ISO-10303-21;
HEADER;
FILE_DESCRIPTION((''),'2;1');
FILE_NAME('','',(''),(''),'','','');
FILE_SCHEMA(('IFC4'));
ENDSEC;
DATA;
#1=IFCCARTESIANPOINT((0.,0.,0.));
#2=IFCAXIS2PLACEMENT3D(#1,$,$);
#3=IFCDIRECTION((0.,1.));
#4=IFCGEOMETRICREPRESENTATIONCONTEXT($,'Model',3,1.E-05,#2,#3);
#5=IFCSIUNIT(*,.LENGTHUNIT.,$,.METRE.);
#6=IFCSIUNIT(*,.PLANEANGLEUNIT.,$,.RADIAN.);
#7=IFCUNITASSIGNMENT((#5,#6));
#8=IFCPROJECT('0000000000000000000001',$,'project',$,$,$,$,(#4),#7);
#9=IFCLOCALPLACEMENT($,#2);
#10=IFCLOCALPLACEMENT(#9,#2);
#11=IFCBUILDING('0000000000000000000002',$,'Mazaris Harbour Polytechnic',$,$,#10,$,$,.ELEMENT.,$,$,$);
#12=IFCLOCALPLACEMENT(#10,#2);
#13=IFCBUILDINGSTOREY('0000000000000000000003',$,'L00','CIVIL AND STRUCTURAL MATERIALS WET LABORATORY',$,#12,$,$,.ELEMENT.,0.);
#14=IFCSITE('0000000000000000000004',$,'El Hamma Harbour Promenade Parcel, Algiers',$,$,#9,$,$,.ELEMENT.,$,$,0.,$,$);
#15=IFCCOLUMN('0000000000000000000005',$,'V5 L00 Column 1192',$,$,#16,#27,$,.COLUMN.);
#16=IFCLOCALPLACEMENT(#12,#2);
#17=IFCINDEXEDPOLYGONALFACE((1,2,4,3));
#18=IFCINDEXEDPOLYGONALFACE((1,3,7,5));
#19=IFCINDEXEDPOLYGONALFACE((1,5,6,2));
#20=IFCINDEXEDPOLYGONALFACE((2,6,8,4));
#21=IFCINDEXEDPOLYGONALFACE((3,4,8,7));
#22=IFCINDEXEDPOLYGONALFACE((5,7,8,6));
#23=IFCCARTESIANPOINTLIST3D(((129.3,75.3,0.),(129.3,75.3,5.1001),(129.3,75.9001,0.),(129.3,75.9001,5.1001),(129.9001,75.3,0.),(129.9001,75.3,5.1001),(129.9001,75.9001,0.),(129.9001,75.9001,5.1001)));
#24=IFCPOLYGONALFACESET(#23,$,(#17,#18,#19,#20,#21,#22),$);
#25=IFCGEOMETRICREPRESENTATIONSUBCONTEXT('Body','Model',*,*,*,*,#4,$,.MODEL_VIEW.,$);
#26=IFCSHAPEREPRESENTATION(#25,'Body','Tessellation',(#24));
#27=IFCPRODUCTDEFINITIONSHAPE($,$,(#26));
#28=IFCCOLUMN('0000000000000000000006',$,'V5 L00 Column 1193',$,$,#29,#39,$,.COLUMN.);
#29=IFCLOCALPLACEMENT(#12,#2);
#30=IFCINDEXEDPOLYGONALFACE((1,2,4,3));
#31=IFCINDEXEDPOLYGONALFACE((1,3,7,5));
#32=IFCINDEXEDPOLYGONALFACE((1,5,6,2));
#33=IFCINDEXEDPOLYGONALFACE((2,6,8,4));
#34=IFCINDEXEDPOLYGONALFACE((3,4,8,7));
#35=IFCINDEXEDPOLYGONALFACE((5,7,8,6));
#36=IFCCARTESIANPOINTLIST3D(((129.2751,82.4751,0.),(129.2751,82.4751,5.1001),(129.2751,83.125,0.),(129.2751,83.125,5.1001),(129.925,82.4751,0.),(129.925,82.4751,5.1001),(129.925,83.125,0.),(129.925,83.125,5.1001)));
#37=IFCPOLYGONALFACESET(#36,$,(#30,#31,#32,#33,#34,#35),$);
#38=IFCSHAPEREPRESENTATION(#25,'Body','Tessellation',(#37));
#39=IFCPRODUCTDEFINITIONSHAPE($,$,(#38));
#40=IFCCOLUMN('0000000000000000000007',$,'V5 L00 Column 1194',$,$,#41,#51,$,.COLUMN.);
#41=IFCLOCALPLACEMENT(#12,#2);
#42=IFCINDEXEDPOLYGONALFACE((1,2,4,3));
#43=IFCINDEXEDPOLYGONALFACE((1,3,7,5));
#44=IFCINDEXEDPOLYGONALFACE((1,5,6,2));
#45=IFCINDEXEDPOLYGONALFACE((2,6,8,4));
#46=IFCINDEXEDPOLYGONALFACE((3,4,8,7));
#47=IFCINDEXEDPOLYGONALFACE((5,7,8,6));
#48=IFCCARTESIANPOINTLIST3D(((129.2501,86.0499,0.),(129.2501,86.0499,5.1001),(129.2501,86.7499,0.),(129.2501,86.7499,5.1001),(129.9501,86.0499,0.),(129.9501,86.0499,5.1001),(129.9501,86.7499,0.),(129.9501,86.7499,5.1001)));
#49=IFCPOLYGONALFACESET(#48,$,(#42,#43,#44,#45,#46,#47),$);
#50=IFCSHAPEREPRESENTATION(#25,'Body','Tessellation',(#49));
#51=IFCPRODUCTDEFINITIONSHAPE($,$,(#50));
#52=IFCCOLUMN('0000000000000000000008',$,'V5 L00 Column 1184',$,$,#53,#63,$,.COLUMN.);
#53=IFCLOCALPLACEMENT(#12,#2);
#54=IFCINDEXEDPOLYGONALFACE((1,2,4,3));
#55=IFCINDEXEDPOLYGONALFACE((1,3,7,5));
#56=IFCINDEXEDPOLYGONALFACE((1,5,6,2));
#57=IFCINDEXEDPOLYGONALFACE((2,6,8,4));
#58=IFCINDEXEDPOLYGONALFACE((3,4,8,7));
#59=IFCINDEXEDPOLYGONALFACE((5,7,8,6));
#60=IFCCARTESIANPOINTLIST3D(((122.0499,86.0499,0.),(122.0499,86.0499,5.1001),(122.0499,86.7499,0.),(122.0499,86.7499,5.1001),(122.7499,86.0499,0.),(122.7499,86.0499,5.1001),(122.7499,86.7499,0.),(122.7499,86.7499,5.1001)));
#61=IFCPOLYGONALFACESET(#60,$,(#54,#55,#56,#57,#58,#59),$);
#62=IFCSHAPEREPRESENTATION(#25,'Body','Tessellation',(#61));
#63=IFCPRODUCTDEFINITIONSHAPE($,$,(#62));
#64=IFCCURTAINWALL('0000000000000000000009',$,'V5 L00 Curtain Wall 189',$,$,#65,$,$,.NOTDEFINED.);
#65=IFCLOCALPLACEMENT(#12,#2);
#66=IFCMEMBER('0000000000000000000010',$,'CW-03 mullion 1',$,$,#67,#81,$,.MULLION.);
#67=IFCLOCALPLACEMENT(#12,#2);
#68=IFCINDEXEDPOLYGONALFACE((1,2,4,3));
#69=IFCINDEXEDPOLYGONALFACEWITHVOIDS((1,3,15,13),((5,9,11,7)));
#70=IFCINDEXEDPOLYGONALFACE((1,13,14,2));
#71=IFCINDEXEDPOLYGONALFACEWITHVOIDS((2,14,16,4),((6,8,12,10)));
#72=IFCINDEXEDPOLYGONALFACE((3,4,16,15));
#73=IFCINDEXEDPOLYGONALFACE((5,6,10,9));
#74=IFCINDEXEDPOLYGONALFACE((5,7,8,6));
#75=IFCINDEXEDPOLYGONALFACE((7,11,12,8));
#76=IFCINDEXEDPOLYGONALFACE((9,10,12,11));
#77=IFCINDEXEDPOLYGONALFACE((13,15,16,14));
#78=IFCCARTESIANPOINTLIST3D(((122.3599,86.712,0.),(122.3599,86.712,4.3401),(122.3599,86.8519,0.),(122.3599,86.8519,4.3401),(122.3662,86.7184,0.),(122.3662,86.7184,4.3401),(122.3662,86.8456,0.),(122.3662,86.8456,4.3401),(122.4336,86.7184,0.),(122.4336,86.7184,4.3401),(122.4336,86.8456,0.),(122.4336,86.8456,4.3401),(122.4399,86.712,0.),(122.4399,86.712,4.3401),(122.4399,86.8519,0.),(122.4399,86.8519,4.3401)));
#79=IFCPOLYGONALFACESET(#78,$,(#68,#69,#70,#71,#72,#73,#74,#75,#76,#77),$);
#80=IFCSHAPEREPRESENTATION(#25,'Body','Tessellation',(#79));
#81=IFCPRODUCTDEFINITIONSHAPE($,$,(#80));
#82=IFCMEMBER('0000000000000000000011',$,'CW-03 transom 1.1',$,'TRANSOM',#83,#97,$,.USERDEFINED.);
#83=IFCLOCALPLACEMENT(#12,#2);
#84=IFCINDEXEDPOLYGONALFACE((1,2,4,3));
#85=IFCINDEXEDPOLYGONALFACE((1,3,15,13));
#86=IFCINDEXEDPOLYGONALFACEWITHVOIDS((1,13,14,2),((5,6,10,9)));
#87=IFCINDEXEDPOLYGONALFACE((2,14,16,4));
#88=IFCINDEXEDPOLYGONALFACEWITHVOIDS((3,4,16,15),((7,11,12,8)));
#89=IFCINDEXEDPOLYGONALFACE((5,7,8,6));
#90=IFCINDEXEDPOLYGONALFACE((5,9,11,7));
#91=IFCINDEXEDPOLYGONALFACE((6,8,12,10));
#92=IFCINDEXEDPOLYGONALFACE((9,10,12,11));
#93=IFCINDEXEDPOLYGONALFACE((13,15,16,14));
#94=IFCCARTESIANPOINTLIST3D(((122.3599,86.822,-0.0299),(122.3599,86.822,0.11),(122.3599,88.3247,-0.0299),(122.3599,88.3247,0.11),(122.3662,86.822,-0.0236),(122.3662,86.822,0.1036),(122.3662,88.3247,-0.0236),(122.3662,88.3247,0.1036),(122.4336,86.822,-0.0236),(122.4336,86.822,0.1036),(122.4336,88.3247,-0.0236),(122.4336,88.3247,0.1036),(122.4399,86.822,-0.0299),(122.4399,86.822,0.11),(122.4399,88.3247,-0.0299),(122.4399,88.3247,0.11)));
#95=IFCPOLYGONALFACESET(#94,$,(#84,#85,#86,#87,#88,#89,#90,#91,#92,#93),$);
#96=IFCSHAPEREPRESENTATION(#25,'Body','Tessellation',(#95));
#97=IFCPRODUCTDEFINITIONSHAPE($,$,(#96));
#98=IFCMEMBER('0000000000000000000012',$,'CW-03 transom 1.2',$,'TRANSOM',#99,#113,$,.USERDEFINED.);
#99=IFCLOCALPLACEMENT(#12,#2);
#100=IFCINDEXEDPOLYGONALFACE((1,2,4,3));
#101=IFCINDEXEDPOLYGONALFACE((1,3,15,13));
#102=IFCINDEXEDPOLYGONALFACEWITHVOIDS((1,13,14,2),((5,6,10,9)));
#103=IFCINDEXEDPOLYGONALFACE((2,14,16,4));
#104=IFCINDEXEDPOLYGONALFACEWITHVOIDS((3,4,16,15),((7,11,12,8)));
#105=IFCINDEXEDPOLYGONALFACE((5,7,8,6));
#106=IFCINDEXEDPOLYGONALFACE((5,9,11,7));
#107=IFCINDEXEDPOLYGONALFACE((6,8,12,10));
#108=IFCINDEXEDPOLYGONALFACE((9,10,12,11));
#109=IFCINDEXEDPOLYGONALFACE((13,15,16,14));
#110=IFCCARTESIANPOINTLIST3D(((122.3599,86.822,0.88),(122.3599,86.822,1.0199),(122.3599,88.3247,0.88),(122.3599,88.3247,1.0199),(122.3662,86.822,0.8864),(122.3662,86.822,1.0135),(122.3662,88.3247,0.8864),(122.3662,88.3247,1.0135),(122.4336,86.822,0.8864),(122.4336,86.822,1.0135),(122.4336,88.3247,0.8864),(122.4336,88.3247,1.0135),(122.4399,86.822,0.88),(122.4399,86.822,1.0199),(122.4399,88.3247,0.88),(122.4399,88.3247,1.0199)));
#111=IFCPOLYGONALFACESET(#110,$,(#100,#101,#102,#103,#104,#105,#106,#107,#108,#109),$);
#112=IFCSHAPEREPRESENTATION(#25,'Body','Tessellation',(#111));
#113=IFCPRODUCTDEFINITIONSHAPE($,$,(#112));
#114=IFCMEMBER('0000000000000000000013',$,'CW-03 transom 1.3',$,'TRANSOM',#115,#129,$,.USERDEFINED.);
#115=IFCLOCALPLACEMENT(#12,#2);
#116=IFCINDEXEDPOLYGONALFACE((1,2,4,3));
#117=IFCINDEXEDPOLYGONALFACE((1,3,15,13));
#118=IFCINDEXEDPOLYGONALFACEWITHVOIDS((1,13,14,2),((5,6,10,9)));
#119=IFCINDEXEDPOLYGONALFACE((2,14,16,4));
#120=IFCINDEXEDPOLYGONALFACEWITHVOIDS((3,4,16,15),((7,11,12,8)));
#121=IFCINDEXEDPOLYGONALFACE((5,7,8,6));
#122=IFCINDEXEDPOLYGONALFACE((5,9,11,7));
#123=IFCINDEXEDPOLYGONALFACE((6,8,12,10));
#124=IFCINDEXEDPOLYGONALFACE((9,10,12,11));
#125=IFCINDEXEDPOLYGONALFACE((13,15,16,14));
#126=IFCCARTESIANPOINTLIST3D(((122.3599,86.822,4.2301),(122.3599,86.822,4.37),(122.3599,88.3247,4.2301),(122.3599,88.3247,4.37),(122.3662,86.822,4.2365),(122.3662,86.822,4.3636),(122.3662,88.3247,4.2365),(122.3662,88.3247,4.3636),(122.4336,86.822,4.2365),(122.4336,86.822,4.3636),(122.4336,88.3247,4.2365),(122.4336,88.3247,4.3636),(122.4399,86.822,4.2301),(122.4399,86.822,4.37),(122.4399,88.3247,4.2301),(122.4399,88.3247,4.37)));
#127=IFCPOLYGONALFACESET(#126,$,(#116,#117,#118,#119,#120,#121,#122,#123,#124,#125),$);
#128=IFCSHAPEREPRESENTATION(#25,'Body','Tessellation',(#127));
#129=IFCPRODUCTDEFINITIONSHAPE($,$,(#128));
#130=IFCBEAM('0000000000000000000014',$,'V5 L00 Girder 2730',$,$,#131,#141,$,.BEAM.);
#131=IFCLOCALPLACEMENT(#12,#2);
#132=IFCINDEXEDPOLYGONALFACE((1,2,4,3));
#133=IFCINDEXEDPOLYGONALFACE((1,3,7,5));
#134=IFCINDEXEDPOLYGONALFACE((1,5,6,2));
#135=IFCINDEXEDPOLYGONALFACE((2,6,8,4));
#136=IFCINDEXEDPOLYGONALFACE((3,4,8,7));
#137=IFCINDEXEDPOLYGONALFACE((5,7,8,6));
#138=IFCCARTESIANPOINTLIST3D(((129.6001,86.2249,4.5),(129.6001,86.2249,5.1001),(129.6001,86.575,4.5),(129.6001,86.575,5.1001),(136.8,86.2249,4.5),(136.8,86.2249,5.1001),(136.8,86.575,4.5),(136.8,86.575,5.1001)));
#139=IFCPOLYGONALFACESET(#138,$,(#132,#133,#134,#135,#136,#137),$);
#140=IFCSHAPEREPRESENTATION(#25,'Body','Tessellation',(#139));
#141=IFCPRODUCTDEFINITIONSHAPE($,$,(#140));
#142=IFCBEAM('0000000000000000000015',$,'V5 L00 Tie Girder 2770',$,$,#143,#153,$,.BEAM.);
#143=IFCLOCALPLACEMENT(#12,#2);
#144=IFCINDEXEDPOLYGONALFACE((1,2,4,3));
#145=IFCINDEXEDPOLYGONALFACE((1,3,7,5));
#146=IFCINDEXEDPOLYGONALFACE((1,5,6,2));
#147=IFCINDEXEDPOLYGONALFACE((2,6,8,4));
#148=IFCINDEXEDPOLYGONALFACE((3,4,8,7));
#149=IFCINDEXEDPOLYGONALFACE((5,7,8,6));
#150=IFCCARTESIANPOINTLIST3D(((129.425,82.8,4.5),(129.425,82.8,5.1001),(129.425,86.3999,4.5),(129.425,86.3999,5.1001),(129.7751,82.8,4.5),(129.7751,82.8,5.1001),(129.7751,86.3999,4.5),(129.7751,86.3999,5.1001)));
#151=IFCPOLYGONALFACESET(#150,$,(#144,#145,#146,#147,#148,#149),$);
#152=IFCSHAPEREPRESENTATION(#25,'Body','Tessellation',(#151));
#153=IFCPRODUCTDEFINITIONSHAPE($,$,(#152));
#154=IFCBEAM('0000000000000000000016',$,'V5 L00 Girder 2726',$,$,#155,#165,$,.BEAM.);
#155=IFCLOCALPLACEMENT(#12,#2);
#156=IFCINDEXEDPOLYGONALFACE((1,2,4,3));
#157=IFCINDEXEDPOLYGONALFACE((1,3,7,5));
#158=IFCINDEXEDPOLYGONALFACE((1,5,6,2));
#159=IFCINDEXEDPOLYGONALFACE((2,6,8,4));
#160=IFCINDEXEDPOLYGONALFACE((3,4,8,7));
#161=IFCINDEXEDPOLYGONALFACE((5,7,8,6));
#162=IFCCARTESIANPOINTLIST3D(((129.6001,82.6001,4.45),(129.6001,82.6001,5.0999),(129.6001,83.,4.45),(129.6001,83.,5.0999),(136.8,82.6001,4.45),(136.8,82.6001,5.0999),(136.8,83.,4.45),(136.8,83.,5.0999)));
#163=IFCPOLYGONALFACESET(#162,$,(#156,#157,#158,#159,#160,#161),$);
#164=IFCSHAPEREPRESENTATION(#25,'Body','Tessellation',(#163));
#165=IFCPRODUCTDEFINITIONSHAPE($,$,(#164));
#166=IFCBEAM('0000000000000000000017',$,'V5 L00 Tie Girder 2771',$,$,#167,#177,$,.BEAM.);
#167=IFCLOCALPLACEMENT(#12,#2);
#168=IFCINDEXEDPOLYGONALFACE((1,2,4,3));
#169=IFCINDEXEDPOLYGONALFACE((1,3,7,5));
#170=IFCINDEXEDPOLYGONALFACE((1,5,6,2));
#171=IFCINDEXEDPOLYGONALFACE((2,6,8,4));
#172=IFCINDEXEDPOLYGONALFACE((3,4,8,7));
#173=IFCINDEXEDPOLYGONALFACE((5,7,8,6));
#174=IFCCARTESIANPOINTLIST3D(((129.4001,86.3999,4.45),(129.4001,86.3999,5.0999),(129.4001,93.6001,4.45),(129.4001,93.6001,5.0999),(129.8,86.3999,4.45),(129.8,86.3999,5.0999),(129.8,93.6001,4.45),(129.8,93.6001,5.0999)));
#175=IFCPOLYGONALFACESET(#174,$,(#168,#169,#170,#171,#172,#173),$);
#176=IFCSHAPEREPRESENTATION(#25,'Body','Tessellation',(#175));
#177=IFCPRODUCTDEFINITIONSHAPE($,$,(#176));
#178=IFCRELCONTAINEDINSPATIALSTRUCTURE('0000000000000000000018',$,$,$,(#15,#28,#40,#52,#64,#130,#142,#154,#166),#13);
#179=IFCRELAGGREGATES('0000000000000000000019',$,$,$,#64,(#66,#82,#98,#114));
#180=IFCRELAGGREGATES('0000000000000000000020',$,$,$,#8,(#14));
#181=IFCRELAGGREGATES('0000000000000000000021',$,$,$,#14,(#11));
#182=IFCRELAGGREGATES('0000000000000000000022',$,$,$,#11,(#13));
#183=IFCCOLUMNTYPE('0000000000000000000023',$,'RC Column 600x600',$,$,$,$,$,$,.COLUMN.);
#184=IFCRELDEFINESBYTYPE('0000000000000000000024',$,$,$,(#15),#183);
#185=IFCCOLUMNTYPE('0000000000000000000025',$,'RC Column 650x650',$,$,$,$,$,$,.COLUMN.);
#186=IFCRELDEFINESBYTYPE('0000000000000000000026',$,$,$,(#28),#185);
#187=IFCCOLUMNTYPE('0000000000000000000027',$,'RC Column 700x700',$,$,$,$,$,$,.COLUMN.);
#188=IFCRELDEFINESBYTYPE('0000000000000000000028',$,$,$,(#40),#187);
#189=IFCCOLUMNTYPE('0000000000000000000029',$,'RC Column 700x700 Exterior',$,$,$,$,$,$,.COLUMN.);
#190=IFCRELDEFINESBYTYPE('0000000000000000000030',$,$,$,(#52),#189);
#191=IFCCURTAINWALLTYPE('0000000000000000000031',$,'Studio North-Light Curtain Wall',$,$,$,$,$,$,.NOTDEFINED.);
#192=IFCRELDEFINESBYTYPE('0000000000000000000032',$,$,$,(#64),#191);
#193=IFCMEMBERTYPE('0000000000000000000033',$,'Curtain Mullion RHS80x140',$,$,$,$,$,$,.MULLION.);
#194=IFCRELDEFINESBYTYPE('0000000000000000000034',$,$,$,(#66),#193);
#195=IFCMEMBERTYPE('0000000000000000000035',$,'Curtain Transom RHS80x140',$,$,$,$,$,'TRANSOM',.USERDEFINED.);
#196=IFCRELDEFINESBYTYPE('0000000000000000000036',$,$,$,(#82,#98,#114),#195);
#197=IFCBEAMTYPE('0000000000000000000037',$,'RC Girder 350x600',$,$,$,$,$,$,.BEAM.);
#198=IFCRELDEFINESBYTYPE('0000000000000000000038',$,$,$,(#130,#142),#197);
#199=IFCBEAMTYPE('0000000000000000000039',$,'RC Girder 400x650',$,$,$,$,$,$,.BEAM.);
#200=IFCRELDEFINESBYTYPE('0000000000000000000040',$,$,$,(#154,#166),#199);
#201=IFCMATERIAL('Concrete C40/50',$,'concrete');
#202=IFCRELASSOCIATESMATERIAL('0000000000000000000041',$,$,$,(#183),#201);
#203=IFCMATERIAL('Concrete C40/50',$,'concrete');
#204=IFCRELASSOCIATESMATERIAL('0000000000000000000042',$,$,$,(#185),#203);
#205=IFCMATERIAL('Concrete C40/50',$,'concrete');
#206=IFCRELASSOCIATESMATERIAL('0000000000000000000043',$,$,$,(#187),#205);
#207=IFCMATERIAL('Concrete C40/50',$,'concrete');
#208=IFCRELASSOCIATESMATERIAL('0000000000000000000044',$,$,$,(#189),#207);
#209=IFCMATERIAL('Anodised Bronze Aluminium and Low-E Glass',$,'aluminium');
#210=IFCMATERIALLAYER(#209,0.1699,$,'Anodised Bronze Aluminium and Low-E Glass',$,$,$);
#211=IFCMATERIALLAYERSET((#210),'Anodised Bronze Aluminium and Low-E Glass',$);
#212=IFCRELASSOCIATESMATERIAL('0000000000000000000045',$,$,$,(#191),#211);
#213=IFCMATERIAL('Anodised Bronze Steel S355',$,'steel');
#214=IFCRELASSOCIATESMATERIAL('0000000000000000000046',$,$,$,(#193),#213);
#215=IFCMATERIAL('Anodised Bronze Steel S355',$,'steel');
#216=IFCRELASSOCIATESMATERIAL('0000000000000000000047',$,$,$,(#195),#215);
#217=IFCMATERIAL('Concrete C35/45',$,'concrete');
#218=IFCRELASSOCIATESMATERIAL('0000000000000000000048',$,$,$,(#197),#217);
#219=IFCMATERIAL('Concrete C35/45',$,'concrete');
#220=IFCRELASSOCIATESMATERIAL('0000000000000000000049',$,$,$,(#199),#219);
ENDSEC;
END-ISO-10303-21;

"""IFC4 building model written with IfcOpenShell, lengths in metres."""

from ifc_helpers import new_model, si_unit, direction, frame, origin, origin_2d, place, context, subcontext, project, spatial, rectangle, hollow_rectangle, extrude, material, layer, layer_set, material_profile, profile_set, type_object, element, aggregate, save


model = new_model("IFC4")

# Units and contexts
model_context = context("Model", 3, precision=1e-05, world=origin(), true_north=direction((0.0, 1.0)))
body_context = subcontext(model_context, "Body", "Model", "MODEL_VIEW")
ifc_project = project(units=[si_unit("LENGTHUNIT", "METRE"), si_unit("PLANEANGLEUNIT", "RADIAN")], contexts=[model_context])

# Site, building, storey
site_placement = place(None, origin())
site = spatial("IfcSite", under=ifc_project, at=site_placement, Name="El Hamma Harbour Promenade Parcel, Algiers", CompositionType="ELEMENT", RefElevation=0.0)
building_placement = place(site_placement, origin())
building = spatial("IfcBuilding", under=site, at=building_placement, Name="Mazaris Harbour Polytechnic", CompositionType="ELEMENT")
storey_placement = place(building_placement, origin())
storey = spatial("IfcBuildingStorey", under=building, at=storey_placement, Name="L00", Description="CIVIL AND STRUCTURAL MATERIALS WET LABORATORY", CompositionType="ELEMENT", Elevation=0.0)

# Columns
ifc_material_1 = material(Name="Concrete C40/50", Category="concrete")
ifc_material_profile_1 = material_profile(ifc_material_1, rectangle(XDim=0.6001, YDim=0.6001, at=origin_2d()), Name="RECT600x600")
ifc_profile_set_1 = profile_set([ifc_material_profile_1], Name="Concrete C40/50")
column_type_1 = type_object("IfcColumnType", Name="RC Column 600x600", PredefinedType="COLUMN", material=ifc_profile_set_1)
column_1_placement = place(storey_placement, frame((129.6001, 75.6001, 0.0), z_axis=(0.0, 0.0, 1.0), x_axis=(1.0, 0.0, 0.0)))
element("IfcColumn", 1, at=column_1_placement, inside=storey, type_object=column_type_1, Name="V5 L00 Column 1192", PredefinedType="COLUMN", context=body_context, shape_type="SweptSolid", body=[
    extrude(rectangle(XDim=0.6001, YDim=0.6001, at=origin_2d()), origin(), (0.0, 0.0, 1.0), 5.1001),
])
ifc_material_2 = material(Name="Concrete C40/50", Category="concrete")
ifc_material_profile_2 = material_profile(ifc_material_2, rectangle(XDim=0.6499, YDim=0.6499, at=origin_2d()), Name="RECT650x650")
ifc_profile_set_2 = profile_set([ifc_material_profile_2], Name="Concrete C40/50")
column_type_2 = type_object("IfcColumnType", Name="RC Column 650x650", PredefinedType="COLUMN", material=ifc_profile_set_2)
column_2_placement = place(storey_placement, frame((129.6001, 82.8, 0.0), z_axis=(0.0, 0.0, 1.0), x_axis=(1.0, 0.0, 0.0)))
element("IfcColumn", 2, at=column_2_placement, inside=storey, type_object=column_type_2, Name="V5 L00 Column 1193", PredefinedType="COLUMN", context=body_context, shape_type="SweptSolid", body=[
    extrude(rectangle(XDim=0.6499, YDim=0.6499, at=origin_2d()), origin(), (0.0, 0.0, 1.0), 5.1001),
])
ifc_material_3 = material(Name="Concrete C40/50", Category="concrete")
ifc_material_profile_3 = material_profile(ifc_material_3, rectangle(XDim=0.7, YDim=0.7, at=origin_2d()), Name="RECT700x700")
ifc_profile_set_3 = profile_set([ifc_material_profile_3], Name="Concrete C40/50")
column_type_3 = type_object("IfcColumnType", Name="RC Column 700x700", PredefinedType="COLUMN", material=ifc_profile_set_3)
column_3_placement = place(storey_placement, frame((129.6001, 86.3999, 0.0), z_axis=(0.0, 0.0, 1.0), x_axis=(1.0, 0.0, 0.0)))
element("IfcColumn", 3, at=column_3_placement, inside=storey, type_object=column_type_3, Name="V5 L00 Column 1194", PredefinedType="COLUMN", context=body_context, shape_type="SweptSolid", body=[
    extrude(rectangle(XDim=0.7, YDim=0.7, at=origin_2d()), origin(), (0.0, 0.0, 1.0), 5.1001),
])
ifc_material_4 = material(Name="Concrete C40/50", Category="concrete")
ifc_material_profile_4 = material_profile(ifc_material_4, rectangle(XDim=0.7, YDim=0.7, at=origin_2d()), Name="RECT700x700")
ifc_profile_set_4 = profile_set([ifc_material_profile_4], Name="Concrete C40/50")
column_type_4 = type_object("IfcColumnType", Name="RC Column 700x700 Exterior", PredefinedType="COLUMN", material=ifc_profile_set_4)
column_4_placement = place(storey_placement, frame((122.3999, 86.3999, 0.0), z_axis=(0.0, 0.0, 1.0), x_axis=(1.0, 0.0, 0.0)))
element("IfcColumn", 4, at=column_4_placement, inside=storey, type_object=column_type_4, Name="V5 L00 Column 1184", PredefinedType="COLUMN", context=body_context, shape_type="SweptSolid", body=[
    extrude(rectangle(XDim=0.7, YDim=0.7, at=origin_2d()), origin(), (0.0, 0.0, 1.0), 5.1001),
])

# Curtain wall, members
ifc_material_5 = material(Name="Anodised Bronze Aluminium and Low-E Glass", Category="aluminium")
ifc_layer_1 = layer(ifc_material_5, 0.1699, Name="Anodised Bronze Aluminium and Low-E Glass")
ifc_layer_set_1 = layer_set([ifc_layer_1], Name="Anodised Bronze Aluminium and Low-E Glass")
curtain_wall_type = type_object("IfcCurtainWallType", Name="Studio North-Light Curtain Wall", PredefinedType="NOTDEFINED", material=ifc_layer_set_1)
curtain_wall_placement = place(storey_placement, origin())
curtain_wall = element("IfcCurtainWall", 5, at=curtain_wall_placement, inside=storey, type_object=curtain_wall_type, Name="V5 L00 Curtain Wall 189", PredefinedType="NOTDEFINED")
ifc_material_6 = material(Name="Anodised Bronze Steel S355", Category="steel")
ifc_material_profile_5 = material_profile(ifc_material_6, hollow_rectangle(XDim=0.0801, YDim=0.1399, WallThickness=0.0063, at=origin_2d()), Name="RHS 80x140x6.3")
ifc_profile_set_5 = profile_set([ifc_material_profile_5], Name="Anodised Bronze Steel S355")
member_type_1 = type_object("IfcMemberType", Name="Curtain Mullion RHS80x140", PredefinedType="MULLION", material=ifc_profile_set_5)
member_1_placement = place(storey_placement, frame((122.3999, 86.782, 0.0), z_axis=(0.0, 0.0, 1.0), x_axis=(-1.0, 0.0, 0.0)))
member_1 = element("IfcMember", 6, at=member_1_placement, type_object=member_type_1, Name="CW-03 mullion 1", PredefinedType="MULLION", context=body_context, shape_type="SweptSolid", body=[
    extrude(hollow_rectangle(XDim=0.0801, YDim=0.1399, WallThickness=0.0063, at=origin_2d()), origin(), (0.0, 0.0, 1.0), 4.3401),
])
ifc_material_7 = material(Name="Anodised Bronze Steel S355", Category="steel")
ifc_material_profile_6 = material_profile(ifc_material_7, hollow_rectangle(XDim=0.0801, YDim=0.1399, WallThickness=0.0063, at=origin_2d()), Name="RHS 80x140x6.3")
ifc_profile_set_6 = profile_set([ifc_material_profile_6], Name="Anodised Bronze Steel S355")
member_type_2 = type_object("IfcMemberType", Name="Curtain Transom RHS80x140", ElementType="TRANSOM", PredefinedType="USERDEFINED", material=ifc_profile_set_6)
member_2_placement = place(storey_placement, frame((122.3999, 86.822, 0.04), z_axis=(0.0, 1.0, 0.0), x_axis=(-1.0, 0.0, 0.0)))
member_2 = element("IfcMember", 7, at=member_2_placement, type_object=member_type_2, Name="CW-03 transom 1.1", ObjectType="TRANSOM", PredefinedType="USERDEFINED", context=body_context, shape_type="SweptSolid", body=[
    extrude(hollow_rectangle(XDim=0.0801, YDim=0.1399, WallThickness=0.0063, at=origin_2d()), origin(), (0.0, 0.0, 1.0), 1.5027),
])
member_3_placement = place(storey_placement, frame((122.3999, 86.822, 0.95), z_axis=(0.0, 1.0, 0.0), x_axis=(-1.0, 0.0, 0.0)))
member_3 = element("IfcMember", 8, at=member_3_placement, type_object=member_type_2, Name="CW-03 transom 1.2", ObjectType="TRANSOM", PredefinedType="USERDEFINED", context=body_context, shape_type="SweptSolid", body=[
    extrude(hollow_rectangle(XDim=0.0801, YDim=0.1399, WallThickness=0.0063, at=origin_2d()), origin(), (0.0, 0.0, 1.0), 1.5027),
])
member_4_placement = place(storey_placement, frame((122.3999, 86.822, 4.3), z_axis=(0.0, 1.0, 0.0), x_axis=(-1.0, 0.0, 0.0)))
member_4 = element("IfcMember", 9, at=member_4_placement, type_object=member_type_2, Name="CW-03 transom 1.3", ObjectType="TRANSOM", PredefinedType="USERDEFINED", context=body_context, shape_type="SweptSolid", body=[
    extrude(hollow_rectangle(XDim=0.0801, YDim=0.1399, WallThickness=0.0063, at=origin_2d()), origin(), (0.0, 0.0, 1.0), 1.5027),
])

# Beams
ifc_material_8 = material(Name="Concrete C35/45", Category="concrete")
ifc_material_profile_7 = material_profile(ifc_material_8, rectangle(XDim=0.3501, YDim=0.6001, at=origin_2d()), Name="RECT350x600")
ifc_profile_set_7 = profile_set([ifc_material_profile_7], Name="Concrete C35/45")
beam_type_1 = type_object("IfcBeamType", Name="RC Girder 350x600", PredefinedType="BEAM", material=ifc_profile_set_7)
beam_1_placement = place(storey_placement, frame((129.6001, 86.3999, 4.8), z_axis=(1.0, 0.0, 0.0), x_axis=(0.0, 1.0, 0.0)))
element("IfcBeam", 10, at=beam_1_placement, inside=storey, type_object=beam_type_1, Name="V5 L00 Girder 2730", PredefinedType="BEAM", context=body_context, shape_type="SweptSolid", body=[
    extrude(rectangle(XDim=0.3501, YDim=0.6001, at=origin_2d()), origin(), (0.0, 0.0, 1.0), 7.2),
])
beam_2_placement = place(storey_placement, frame((129.6001, 82.8, 4.8), z_axis=(0.0, 1.0, 0.0), x_axis=(-1.0, 0.0, 0.0)))
element("IfcBeam", 11, at=beam_2_placement, inside=storey, type_object=beam_type_1, Name="V5 L00 Tie Girder 2770", PredefinedType="BEAM", context=body_context, shape_type="SweptSolid", body=[
    extrude(rectangle(XDim=0.3501, YDim=0.6001, at=origin_2d()), origin(), (0.0, 0.0, 1.0), 3.5999),
])
ifc_material_9 = material(Name="Concrete C35/45", Category="concrete")
ifc_material_profile_8 = material_profile(ifc_material_9, rectangle(XDim=0.3999, YDim=0.6499, at=origin_2d()), Name="RECT400x650")
ifc_profile_set_8 = profile_set([ifc_material_profile_8], Name="Concrete C35/45")
beam_type_2 = type_object("IfcBeamType", Name="RC Girder 400x650", PredefinedType="BEAM", material=ifc_profile_set_8)
beam_3_placement = place(storey_placement, frame((129.6001, 82.8, 4.7749), z_axis=(1.0, 0.0, 0.0), x_axis=(0.0, 1.0, 0.0)))
element("IfcBeam", 12, at=beam_3_placement, inside=storey, type_object=beam_type_2, Name="V5 L00 Girder 2726", PredefinedType="BEAM", context=body_context, shape_type="SweptSolid", body=[
    extrude(rectangle(XDim=0.3999, YDim=0.6499, at=origin_2d()), origin(), (0.0, 0.0, 1.0), 7.2),
])
beam_4_placement = place(storey_placement, frame((129.6001, 86.3999, 4.7749), z_axis=(0.0, 1.0, 0.0), x_axis=(-1.0, 0.0, 0.0)))
element("IfcBeam", 13, at=beam_4_placement, inside=storey, type_object=beam_type_2, Name="V5 L00 Tie Girder 2771", PredefinedType="BEAM", context=body_context, shape_type="SweptSolid", body=[
    extrude(rectangle(XDim=0.3999, YDim=0.6499, at=origin_2d()), origin(), (0.0, 0.0, 1.0), 7.2002),
])

aggregate(curtain_wall, [member_1, member_2, member_3, member_4])

save(model, "model.ifc")
